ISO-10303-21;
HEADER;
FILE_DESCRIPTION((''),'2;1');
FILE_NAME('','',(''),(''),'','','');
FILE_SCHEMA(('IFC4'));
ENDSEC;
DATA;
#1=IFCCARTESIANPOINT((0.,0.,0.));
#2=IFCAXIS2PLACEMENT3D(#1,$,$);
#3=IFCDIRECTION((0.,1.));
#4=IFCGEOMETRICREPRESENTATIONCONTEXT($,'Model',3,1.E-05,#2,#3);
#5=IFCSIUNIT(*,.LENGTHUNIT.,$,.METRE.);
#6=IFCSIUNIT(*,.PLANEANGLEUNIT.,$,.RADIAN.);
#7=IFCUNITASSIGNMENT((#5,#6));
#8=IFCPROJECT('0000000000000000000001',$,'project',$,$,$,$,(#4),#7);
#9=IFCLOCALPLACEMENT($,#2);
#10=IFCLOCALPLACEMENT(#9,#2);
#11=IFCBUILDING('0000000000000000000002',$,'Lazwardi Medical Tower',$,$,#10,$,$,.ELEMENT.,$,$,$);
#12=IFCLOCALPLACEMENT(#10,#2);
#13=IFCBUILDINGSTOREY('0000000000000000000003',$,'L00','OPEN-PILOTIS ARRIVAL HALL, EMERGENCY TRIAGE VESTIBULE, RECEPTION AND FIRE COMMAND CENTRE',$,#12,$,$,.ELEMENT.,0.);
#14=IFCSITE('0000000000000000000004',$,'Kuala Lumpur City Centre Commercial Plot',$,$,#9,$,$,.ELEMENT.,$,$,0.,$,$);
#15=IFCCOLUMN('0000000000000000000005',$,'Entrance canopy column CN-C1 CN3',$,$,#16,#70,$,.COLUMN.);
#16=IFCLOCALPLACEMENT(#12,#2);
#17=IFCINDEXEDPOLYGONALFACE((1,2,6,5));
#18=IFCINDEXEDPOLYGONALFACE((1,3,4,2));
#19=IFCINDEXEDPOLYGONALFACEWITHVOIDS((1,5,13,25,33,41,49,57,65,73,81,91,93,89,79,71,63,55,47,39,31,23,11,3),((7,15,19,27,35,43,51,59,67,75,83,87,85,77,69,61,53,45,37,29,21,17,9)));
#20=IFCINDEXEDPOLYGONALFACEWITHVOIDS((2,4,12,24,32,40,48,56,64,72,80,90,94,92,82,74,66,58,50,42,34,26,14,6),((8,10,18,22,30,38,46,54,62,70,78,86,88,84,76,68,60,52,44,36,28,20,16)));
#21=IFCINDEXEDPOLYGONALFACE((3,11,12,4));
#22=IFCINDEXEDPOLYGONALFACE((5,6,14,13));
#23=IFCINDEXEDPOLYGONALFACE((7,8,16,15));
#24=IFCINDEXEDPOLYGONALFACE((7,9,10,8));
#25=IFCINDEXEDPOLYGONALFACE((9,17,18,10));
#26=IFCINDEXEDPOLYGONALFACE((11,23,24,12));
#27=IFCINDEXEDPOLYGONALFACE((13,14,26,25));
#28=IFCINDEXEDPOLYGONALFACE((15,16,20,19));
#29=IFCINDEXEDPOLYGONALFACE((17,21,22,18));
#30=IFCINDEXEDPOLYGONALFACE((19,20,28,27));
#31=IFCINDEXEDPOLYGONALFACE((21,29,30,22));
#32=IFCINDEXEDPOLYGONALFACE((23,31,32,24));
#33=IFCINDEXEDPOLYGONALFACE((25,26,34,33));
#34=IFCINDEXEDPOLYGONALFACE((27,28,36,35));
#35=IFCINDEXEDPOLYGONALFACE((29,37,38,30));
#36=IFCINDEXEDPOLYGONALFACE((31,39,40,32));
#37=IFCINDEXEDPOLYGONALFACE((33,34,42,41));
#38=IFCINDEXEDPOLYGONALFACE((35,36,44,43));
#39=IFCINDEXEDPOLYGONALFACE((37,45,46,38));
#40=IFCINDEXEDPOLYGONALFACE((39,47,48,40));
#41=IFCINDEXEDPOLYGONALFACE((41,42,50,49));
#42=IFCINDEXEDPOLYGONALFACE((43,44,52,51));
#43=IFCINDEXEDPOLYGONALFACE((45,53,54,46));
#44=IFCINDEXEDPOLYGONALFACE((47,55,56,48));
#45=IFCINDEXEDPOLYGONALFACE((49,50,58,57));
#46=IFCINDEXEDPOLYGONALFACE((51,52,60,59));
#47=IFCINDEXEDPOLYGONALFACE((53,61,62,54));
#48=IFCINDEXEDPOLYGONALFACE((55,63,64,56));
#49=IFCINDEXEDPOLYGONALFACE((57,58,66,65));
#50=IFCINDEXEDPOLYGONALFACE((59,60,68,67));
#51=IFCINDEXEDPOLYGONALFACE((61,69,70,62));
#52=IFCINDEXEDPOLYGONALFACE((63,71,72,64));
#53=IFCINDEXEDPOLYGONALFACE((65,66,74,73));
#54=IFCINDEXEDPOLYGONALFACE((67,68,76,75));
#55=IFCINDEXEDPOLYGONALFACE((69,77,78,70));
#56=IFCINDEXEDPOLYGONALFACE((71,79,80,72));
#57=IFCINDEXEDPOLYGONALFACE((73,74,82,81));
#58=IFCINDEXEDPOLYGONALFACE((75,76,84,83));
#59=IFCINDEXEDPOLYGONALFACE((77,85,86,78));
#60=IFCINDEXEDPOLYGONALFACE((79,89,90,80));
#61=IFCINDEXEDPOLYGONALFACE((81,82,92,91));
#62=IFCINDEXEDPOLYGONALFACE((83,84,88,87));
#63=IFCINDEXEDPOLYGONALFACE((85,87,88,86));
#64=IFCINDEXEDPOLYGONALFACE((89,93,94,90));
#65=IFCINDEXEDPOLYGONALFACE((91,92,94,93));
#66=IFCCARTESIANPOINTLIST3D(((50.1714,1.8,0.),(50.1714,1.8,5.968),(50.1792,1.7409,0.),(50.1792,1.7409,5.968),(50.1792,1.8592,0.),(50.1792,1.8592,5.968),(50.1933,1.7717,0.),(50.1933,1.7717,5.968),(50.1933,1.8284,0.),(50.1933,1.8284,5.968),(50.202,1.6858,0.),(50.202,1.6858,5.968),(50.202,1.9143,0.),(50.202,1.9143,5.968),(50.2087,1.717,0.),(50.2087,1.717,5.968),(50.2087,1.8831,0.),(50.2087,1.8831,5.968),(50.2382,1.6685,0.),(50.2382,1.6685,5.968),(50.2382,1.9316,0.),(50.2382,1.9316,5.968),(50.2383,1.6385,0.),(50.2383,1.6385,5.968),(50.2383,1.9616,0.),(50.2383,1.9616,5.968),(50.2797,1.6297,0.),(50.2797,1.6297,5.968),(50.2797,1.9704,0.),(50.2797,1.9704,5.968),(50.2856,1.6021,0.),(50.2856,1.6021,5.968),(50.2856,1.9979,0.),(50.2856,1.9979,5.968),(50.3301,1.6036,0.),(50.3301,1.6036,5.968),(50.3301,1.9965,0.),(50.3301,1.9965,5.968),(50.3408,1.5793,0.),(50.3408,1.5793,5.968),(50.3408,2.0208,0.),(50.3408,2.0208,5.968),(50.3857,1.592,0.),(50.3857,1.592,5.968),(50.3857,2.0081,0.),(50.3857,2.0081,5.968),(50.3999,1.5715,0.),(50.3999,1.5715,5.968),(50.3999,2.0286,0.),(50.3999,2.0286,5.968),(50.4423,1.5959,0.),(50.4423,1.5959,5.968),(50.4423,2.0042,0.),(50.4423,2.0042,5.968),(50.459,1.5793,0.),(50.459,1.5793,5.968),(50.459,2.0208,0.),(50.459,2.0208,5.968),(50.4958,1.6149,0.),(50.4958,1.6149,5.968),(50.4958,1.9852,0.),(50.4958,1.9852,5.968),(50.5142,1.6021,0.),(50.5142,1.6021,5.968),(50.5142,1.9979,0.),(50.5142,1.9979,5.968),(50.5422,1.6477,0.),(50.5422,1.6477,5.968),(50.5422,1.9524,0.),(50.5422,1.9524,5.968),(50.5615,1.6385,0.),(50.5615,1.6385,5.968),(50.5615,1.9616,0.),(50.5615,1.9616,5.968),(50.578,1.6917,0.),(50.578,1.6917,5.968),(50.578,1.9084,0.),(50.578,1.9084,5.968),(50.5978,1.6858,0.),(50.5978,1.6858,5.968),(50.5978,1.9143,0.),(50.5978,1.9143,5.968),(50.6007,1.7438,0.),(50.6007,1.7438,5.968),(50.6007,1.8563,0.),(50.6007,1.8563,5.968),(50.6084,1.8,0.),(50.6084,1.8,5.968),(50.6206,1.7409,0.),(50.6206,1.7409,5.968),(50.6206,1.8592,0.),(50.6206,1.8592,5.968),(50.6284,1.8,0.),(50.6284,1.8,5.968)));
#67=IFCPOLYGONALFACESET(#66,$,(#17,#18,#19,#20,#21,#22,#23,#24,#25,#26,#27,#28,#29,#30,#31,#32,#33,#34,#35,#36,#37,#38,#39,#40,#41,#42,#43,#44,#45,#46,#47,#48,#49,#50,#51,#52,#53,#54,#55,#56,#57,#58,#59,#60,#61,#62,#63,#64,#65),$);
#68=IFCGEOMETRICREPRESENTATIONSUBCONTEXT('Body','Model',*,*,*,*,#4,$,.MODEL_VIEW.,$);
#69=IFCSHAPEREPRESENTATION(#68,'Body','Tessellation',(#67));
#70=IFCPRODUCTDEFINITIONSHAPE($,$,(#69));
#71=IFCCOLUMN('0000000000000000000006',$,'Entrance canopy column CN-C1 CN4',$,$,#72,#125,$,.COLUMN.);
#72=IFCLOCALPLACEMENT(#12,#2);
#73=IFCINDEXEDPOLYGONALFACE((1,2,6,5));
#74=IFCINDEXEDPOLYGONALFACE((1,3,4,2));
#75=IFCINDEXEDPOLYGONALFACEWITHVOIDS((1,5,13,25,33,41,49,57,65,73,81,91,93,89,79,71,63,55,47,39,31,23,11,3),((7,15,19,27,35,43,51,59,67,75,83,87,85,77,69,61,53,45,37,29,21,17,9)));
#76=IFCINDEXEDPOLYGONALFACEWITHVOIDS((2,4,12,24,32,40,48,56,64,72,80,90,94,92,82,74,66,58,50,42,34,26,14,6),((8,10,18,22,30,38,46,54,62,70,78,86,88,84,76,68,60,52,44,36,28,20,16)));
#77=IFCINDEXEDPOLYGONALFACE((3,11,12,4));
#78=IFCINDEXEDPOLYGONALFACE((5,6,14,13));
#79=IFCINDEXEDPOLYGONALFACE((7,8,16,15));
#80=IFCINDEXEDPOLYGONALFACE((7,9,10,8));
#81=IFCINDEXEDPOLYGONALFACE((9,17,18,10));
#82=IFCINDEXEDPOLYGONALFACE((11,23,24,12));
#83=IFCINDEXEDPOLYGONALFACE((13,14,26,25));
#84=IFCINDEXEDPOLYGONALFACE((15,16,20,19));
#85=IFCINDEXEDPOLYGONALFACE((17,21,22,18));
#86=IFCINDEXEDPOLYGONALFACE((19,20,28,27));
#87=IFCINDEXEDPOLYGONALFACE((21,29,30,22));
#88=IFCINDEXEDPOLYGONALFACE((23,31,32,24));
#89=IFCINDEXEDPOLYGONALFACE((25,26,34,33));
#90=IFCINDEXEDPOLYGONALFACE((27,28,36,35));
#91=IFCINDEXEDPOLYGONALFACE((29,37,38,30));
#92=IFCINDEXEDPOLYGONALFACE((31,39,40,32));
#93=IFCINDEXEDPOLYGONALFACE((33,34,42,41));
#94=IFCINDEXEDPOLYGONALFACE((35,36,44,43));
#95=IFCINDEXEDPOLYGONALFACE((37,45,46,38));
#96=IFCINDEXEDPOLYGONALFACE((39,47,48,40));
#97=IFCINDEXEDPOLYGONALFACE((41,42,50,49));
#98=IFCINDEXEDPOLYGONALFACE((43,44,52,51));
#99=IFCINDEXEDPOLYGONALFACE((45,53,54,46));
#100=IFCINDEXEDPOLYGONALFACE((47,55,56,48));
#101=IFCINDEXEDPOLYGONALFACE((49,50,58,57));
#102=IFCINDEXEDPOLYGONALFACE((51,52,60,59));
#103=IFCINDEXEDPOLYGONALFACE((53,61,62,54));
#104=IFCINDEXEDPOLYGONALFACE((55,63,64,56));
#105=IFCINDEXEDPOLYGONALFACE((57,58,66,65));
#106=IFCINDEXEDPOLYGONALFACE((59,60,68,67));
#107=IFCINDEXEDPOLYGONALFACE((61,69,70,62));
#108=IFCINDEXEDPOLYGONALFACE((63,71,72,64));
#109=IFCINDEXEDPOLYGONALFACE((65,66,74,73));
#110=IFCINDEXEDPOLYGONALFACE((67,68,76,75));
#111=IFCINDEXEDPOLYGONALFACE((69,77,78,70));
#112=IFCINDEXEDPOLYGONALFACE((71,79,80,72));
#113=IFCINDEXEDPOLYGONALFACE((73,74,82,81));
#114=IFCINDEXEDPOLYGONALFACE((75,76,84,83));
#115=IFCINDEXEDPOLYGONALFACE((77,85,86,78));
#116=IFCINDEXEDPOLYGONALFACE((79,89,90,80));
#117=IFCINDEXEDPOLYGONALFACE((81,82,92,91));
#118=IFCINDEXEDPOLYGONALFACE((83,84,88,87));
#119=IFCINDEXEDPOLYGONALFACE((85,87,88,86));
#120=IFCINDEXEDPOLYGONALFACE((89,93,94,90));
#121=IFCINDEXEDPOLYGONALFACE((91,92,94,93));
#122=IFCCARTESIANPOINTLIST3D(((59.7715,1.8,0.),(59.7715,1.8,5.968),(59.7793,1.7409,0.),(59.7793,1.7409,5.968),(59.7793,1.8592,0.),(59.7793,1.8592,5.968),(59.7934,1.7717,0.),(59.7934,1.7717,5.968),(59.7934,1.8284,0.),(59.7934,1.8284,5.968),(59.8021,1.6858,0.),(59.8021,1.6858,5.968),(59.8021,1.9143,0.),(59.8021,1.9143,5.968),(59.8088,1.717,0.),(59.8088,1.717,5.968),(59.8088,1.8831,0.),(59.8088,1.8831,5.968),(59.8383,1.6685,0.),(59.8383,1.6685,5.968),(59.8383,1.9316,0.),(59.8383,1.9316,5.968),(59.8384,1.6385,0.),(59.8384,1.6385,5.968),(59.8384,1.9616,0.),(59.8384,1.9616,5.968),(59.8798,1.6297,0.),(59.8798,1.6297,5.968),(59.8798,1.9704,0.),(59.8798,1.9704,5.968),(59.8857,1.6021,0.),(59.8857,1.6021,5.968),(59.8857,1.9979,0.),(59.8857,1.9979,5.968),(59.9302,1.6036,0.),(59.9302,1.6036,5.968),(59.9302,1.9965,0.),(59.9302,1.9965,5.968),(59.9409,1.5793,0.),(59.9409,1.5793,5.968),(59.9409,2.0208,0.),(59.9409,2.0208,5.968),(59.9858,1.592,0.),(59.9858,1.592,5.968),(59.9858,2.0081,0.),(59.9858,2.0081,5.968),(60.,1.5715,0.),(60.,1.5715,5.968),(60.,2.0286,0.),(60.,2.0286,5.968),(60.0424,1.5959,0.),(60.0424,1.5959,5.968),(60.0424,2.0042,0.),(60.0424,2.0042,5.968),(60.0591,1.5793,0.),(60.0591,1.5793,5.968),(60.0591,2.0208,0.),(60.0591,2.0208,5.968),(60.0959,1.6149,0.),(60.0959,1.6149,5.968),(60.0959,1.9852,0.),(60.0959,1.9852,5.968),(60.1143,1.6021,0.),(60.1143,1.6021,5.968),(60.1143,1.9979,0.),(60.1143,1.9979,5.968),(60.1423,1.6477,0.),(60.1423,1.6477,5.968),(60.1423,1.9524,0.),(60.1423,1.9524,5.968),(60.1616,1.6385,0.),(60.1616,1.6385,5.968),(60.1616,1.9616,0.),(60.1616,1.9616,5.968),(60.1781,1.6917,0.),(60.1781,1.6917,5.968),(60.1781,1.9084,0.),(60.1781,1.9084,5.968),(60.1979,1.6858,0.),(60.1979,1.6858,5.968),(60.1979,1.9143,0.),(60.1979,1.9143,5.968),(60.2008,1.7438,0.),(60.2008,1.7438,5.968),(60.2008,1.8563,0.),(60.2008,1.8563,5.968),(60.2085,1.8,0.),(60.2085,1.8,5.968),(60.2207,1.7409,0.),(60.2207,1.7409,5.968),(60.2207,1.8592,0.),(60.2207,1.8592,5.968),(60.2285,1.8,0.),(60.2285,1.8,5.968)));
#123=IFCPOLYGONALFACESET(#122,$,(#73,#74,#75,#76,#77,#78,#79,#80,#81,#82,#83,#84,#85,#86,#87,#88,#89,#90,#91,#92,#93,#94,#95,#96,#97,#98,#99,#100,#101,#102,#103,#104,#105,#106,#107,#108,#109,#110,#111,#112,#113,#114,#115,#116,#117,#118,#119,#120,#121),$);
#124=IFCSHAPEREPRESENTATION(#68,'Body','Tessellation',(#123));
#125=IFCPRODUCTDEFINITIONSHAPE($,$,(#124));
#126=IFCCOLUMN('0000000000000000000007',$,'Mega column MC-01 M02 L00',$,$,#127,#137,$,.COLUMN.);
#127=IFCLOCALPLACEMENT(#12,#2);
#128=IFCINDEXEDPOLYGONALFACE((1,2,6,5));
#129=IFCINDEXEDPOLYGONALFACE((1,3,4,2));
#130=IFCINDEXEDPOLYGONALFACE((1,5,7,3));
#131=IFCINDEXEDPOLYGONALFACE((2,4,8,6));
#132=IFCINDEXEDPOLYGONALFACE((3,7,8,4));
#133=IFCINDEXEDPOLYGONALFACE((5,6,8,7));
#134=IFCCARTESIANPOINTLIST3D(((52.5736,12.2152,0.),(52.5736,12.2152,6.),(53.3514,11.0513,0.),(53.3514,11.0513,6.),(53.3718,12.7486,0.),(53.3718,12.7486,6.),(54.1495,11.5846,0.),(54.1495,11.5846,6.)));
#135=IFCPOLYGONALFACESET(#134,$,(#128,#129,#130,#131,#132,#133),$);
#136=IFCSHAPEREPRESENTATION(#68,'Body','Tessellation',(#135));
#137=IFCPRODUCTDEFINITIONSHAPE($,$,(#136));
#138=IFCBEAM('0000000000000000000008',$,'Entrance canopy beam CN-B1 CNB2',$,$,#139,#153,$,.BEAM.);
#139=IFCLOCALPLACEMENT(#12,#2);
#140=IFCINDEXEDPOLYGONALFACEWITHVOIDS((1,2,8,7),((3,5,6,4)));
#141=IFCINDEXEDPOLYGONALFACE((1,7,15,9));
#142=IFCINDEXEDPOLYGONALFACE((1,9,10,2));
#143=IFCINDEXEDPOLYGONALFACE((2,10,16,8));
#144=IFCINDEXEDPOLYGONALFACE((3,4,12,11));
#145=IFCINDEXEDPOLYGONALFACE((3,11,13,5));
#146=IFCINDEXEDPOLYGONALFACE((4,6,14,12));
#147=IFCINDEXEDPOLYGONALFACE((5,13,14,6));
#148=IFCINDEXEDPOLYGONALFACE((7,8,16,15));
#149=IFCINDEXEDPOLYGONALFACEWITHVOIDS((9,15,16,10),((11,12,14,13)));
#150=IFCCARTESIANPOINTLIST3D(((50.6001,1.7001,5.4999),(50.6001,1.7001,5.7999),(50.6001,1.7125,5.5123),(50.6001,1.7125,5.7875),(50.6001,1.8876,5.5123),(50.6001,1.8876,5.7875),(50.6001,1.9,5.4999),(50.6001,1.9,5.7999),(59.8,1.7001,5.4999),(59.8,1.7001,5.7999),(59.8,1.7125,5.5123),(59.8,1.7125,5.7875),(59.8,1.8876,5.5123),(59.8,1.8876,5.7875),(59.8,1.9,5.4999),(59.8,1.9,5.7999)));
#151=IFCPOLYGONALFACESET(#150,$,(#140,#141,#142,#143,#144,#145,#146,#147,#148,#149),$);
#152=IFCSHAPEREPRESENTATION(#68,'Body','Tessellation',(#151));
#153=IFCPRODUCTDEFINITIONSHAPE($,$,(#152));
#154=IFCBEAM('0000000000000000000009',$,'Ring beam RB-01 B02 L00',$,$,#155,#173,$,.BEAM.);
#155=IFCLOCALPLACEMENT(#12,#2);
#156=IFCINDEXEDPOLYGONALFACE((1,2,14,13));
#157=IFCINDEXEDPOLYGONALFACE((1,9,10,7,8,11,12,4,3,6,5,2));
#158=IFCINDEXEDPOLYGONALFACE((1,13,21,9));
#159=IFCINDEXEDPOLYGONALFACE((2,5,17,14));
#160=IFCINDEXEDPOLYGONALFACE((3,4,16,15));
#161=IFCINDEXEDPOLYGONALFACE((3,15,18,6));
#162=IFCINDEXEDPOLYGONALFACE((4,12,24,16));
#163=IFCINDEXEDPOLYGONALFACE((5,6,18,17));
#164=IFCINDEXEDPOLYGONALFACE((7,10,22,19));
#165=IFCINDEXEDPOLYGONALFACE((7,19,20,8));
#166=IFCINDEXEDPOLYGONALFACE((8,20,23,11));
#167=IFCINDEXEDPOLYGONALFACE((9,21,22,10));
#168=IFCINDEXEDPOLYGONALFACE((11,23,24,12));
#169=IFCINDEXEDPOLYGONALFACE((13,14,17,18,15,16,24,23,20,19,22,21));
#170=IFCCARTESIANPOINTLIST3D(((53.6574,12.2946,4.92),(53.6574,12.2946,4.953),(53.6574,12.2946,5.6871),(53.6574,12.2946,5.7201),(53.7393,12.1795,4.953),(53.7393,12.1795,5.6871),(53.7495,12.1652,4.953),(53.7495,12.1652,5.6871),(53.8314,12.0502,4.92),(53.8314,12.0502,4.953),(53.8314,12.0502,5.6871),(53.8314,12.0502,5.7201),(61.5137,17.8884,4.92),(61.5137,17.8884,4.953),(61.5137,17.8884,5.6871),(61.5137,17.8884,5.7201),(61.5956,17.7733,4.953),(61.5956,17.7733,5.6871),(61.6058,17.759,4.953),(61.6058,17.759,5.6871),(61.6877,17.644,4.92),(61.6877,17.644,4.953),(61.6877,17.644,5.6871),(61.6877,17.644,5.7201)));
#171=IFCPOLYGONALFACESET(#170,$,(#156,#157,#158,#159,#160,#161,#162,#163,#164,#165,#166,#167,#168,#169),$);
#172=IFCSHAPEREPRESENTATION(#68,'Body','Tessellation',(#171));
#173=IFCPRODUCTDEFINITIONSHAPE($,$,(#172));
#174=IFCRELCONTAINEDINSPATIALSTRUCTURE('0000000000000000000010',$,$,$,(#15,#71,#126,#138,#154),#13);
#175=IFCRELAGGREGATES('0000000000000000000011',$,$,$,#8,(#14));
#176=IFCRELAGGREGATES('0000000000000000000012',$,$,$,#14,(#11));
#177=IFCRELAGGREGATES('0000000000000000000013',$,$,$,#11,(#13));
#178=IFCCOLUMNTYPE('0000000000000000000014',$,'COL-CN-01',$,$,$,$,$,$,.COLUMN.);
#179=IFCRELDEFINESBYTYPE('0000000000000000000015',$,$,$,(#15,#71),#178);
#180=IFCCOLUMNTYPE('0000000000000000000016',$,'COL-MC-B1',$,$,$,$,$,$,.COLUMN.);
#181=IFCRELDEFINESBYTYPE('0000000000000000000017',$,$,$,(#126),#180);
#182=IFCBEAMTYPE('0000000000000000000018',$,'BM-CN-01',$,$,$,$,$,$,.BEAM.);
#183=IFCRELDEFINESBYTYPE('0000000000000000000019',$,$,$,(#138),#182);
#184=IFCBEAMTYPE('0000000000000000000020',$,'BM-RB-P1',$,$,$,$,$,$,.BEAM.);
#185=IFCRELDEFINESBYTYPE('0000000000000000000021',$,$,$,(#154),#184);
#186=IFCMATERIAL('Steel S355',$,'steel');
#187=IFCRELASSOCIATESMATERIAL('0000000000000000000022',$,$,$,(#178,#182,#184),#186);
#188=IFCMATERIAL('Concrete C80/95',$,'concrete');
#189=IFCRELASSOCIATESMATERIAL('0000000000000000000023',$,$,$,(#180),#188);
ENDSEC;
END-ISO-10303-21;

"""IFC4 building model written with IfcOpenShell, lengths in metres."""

from ifc_helpers import new_model, si_unit, direction, frame, origin, origin_2d, place, context, subcontext, project, spatial, rectangle, hollow_rectangle, hollow_circle, i_section, extrude, material, material_profile, profile_set, type_object, element, save


model = new_model("IFC4")

# Units and contexts
model_context = context("Model", 3, precision=1e-05, world=origin(), true_north=direction((0.0, 1.0)))
body_context = subcontext(model_context, "Body", "Model", "MODEL_VIEW")
ifc_project = project(units=[si_unit("LENGTHUNIT", "METRE"), si_unit("PLANEANGLEUNIT", "RADIAN")], contexts=[model_context])

# Site, building, storey
site_placement = place(None, origin())
site = spatial("IfcSite", under=ifc_project, at=site_placement, Name="Kuala Lumpur City Centre Commercial Plot", CompositionType="ELEMENT", RefElevation=0.0)
building_placement = place(site_placement, origin())
building = spatial("IfcBuilding", under=site, at=building_placement, Name="Lazwardi Medical Tower", CompositionType="ELEMENT")
storey_placement = place(building_placement, origin())
storey = spatial("IfcBuildingStorey", under=building, at=storey_placement, Name="L00", Description="OPEN-PILOTIS ARRIVAL HALL, EMERGENCY TRIAGE VESTIBULE, RECEPTION AND FIRE COMMAND CENTRE", CompositionType="ELEMENT", Elevation=0.0)

# Columns
ifc_material_1 = material(Name="Steel S355", Category="steel")
ifc_material_profile_1 = material_profile(ifc_material_1, hollow_circle(Radius=0.2285, WallThickness=0.02, at=origin_2d()), Name="CHS 457x20")
ifc_profile_set_1 = profile_set([ifc_material_profile_1], Name="Steel S355")
column_type_1 = type_object("IfcColumnType", Name="COL-CN-01", PredefinedType="COLUMN", material=ifc_profile_set_1)
for number, where, z_axis, x_axis, name in (
    (1, (50.3999, 1.8, 0.0), (0.0, 0.0, 1.0), (1.0, 0.0, 0.0), "Entrance canopy column CN-C1 CN3"),
    (2, (60.0, 1.8, 0.0), (0.0, 0.0, 1.0), (1.0, 0.0, 0.0), "Entrance canopy column CN-C1 CN4"),
):
    element("IfcColumn", number, at=place(storey_placement, frame(where, z_axis=z_axis, x_axis=x_axis)), inside=storey, type_object=column_type_1, Name=name, PredefinedType="COLUMN", context=body_context, shape_type="SweptSolid", body=[
        extrude(hollow_circle(Radius=0.2285, WallThickness=0.02, at=origin_2d()), origin(), (0.0, 0.0, 1.0), 5.968),
    ])
ifc_material_2 = material(Name="Concrete C80/95", Category="concrete")
ifc_material_profile_2 = material_profile(ifc_material_2, rectangle(XDim=1.3999, YDim=0.96, at=origin_2d()), Name="CFT-RECT 1400x960")
ifc_profile_set_2 = profile_set([ifc_material_profile_2], Name="Concrete C80/95")
column_type_2 = type_object("IfcColumnType", Name="COL-MC-B1", PredefinedType="COLUMN", material=ifc_profile_set_2)
column_placement = place(storey_placement, frame((53.3616, 11.8999, 0.0), z_axis=(0.0, 0.0, 1.0), x_axis=(0.55557, -0.83147, 0.0)))
element("IfcColumn", 3, at=column_placement, inside=storey, type_object=column_type_2, Name="Mega column MC-01 M02 L00", PredefinedType="COLUMN", context=body_context, shape_type="SweptSolid", body=[
    extrude(rectangle(XDim=1.3999, YDim=0.96, at=origin_2d()), origin(), (0.0, 0.0, 1.0), 6.0),
])

# Beams
ifc_material_profile_3 = material_profile(ifc_material_1, hollow_rectangle(XDim=0.2, YDim=0.3, WallThickness=0.0125, at=origin_2d()), Name="RHS 300x200x12.5")
ifc_profile_set_3 = profile_set([ifc_material_profile_3], Name="Steel S355")
beam_type_1 = type_object("IfcBeamType", Name="BM-CN-01", PredefinedType="BEAM", material=ifc_profile_set_3)
beam_1_placement = place(storey_placement, frame((50.6001, 1.8, 5.6499), z_axis=(1.0, 0.0, 0.0), x_axis=(0.0, 1.0, 0.0)))
element("IfcBeam", 4, at=beam_1_placement, inside=storey, type_object=beam_type_1, Name="Entrance canopy beam CN-B1 CNB2", PredefinedType="BEAM", context=body_context, shape_type="SweptSolid", body=[
    extrude(hollow_rectangle(XDim=0.2, YDim=0.3, WallThickness=0.0125, at=origin_2d()), origin(), (0.0, 0.0, 1.0), 9.2),
])
ifc_material_profile_4 = material_profile(ifc_material_1, i_section(OverallWidth=0.3, OverallDepth=0.8, WebThickness=0.0176, FlangeThickness=0.033, at=origin_2d()), Name="HEB 800")
ifc_profile_set_4 = profile_set([ifc_material_profile_4], Name="Steel S355")
beam_type_2 = type_object("IfcBeamType", Name="BM-RB-P1", PredefinedType="BEAM", material=ifc_profile_set_4)
beam_2_placement = place(storey_placement, frame((53.7444, 12.1724, 5.3201), z_axis=(0.814607, 0.580014, 0.0), x_axis=(-0.580014, 0.814607, 0.0)))
element("IfcBeam", 5, at=beam_2_placement, inside=storey, type_object=beam_type_2, Name="Ring beam RB-01 B02 L00", PredefinedType="BEAM", context=body_context, shape_type="SweptSolid", body=[
    extrude(i_section(OverallWidth=0.3, OverallDepth=0.8, WebThickness=0.0176, FlangeThickness=0.033, at=origin_2d()), origin(), (0.0, 0.0, 1.0), 9.6443),
])

save(model, "model.ifc")
